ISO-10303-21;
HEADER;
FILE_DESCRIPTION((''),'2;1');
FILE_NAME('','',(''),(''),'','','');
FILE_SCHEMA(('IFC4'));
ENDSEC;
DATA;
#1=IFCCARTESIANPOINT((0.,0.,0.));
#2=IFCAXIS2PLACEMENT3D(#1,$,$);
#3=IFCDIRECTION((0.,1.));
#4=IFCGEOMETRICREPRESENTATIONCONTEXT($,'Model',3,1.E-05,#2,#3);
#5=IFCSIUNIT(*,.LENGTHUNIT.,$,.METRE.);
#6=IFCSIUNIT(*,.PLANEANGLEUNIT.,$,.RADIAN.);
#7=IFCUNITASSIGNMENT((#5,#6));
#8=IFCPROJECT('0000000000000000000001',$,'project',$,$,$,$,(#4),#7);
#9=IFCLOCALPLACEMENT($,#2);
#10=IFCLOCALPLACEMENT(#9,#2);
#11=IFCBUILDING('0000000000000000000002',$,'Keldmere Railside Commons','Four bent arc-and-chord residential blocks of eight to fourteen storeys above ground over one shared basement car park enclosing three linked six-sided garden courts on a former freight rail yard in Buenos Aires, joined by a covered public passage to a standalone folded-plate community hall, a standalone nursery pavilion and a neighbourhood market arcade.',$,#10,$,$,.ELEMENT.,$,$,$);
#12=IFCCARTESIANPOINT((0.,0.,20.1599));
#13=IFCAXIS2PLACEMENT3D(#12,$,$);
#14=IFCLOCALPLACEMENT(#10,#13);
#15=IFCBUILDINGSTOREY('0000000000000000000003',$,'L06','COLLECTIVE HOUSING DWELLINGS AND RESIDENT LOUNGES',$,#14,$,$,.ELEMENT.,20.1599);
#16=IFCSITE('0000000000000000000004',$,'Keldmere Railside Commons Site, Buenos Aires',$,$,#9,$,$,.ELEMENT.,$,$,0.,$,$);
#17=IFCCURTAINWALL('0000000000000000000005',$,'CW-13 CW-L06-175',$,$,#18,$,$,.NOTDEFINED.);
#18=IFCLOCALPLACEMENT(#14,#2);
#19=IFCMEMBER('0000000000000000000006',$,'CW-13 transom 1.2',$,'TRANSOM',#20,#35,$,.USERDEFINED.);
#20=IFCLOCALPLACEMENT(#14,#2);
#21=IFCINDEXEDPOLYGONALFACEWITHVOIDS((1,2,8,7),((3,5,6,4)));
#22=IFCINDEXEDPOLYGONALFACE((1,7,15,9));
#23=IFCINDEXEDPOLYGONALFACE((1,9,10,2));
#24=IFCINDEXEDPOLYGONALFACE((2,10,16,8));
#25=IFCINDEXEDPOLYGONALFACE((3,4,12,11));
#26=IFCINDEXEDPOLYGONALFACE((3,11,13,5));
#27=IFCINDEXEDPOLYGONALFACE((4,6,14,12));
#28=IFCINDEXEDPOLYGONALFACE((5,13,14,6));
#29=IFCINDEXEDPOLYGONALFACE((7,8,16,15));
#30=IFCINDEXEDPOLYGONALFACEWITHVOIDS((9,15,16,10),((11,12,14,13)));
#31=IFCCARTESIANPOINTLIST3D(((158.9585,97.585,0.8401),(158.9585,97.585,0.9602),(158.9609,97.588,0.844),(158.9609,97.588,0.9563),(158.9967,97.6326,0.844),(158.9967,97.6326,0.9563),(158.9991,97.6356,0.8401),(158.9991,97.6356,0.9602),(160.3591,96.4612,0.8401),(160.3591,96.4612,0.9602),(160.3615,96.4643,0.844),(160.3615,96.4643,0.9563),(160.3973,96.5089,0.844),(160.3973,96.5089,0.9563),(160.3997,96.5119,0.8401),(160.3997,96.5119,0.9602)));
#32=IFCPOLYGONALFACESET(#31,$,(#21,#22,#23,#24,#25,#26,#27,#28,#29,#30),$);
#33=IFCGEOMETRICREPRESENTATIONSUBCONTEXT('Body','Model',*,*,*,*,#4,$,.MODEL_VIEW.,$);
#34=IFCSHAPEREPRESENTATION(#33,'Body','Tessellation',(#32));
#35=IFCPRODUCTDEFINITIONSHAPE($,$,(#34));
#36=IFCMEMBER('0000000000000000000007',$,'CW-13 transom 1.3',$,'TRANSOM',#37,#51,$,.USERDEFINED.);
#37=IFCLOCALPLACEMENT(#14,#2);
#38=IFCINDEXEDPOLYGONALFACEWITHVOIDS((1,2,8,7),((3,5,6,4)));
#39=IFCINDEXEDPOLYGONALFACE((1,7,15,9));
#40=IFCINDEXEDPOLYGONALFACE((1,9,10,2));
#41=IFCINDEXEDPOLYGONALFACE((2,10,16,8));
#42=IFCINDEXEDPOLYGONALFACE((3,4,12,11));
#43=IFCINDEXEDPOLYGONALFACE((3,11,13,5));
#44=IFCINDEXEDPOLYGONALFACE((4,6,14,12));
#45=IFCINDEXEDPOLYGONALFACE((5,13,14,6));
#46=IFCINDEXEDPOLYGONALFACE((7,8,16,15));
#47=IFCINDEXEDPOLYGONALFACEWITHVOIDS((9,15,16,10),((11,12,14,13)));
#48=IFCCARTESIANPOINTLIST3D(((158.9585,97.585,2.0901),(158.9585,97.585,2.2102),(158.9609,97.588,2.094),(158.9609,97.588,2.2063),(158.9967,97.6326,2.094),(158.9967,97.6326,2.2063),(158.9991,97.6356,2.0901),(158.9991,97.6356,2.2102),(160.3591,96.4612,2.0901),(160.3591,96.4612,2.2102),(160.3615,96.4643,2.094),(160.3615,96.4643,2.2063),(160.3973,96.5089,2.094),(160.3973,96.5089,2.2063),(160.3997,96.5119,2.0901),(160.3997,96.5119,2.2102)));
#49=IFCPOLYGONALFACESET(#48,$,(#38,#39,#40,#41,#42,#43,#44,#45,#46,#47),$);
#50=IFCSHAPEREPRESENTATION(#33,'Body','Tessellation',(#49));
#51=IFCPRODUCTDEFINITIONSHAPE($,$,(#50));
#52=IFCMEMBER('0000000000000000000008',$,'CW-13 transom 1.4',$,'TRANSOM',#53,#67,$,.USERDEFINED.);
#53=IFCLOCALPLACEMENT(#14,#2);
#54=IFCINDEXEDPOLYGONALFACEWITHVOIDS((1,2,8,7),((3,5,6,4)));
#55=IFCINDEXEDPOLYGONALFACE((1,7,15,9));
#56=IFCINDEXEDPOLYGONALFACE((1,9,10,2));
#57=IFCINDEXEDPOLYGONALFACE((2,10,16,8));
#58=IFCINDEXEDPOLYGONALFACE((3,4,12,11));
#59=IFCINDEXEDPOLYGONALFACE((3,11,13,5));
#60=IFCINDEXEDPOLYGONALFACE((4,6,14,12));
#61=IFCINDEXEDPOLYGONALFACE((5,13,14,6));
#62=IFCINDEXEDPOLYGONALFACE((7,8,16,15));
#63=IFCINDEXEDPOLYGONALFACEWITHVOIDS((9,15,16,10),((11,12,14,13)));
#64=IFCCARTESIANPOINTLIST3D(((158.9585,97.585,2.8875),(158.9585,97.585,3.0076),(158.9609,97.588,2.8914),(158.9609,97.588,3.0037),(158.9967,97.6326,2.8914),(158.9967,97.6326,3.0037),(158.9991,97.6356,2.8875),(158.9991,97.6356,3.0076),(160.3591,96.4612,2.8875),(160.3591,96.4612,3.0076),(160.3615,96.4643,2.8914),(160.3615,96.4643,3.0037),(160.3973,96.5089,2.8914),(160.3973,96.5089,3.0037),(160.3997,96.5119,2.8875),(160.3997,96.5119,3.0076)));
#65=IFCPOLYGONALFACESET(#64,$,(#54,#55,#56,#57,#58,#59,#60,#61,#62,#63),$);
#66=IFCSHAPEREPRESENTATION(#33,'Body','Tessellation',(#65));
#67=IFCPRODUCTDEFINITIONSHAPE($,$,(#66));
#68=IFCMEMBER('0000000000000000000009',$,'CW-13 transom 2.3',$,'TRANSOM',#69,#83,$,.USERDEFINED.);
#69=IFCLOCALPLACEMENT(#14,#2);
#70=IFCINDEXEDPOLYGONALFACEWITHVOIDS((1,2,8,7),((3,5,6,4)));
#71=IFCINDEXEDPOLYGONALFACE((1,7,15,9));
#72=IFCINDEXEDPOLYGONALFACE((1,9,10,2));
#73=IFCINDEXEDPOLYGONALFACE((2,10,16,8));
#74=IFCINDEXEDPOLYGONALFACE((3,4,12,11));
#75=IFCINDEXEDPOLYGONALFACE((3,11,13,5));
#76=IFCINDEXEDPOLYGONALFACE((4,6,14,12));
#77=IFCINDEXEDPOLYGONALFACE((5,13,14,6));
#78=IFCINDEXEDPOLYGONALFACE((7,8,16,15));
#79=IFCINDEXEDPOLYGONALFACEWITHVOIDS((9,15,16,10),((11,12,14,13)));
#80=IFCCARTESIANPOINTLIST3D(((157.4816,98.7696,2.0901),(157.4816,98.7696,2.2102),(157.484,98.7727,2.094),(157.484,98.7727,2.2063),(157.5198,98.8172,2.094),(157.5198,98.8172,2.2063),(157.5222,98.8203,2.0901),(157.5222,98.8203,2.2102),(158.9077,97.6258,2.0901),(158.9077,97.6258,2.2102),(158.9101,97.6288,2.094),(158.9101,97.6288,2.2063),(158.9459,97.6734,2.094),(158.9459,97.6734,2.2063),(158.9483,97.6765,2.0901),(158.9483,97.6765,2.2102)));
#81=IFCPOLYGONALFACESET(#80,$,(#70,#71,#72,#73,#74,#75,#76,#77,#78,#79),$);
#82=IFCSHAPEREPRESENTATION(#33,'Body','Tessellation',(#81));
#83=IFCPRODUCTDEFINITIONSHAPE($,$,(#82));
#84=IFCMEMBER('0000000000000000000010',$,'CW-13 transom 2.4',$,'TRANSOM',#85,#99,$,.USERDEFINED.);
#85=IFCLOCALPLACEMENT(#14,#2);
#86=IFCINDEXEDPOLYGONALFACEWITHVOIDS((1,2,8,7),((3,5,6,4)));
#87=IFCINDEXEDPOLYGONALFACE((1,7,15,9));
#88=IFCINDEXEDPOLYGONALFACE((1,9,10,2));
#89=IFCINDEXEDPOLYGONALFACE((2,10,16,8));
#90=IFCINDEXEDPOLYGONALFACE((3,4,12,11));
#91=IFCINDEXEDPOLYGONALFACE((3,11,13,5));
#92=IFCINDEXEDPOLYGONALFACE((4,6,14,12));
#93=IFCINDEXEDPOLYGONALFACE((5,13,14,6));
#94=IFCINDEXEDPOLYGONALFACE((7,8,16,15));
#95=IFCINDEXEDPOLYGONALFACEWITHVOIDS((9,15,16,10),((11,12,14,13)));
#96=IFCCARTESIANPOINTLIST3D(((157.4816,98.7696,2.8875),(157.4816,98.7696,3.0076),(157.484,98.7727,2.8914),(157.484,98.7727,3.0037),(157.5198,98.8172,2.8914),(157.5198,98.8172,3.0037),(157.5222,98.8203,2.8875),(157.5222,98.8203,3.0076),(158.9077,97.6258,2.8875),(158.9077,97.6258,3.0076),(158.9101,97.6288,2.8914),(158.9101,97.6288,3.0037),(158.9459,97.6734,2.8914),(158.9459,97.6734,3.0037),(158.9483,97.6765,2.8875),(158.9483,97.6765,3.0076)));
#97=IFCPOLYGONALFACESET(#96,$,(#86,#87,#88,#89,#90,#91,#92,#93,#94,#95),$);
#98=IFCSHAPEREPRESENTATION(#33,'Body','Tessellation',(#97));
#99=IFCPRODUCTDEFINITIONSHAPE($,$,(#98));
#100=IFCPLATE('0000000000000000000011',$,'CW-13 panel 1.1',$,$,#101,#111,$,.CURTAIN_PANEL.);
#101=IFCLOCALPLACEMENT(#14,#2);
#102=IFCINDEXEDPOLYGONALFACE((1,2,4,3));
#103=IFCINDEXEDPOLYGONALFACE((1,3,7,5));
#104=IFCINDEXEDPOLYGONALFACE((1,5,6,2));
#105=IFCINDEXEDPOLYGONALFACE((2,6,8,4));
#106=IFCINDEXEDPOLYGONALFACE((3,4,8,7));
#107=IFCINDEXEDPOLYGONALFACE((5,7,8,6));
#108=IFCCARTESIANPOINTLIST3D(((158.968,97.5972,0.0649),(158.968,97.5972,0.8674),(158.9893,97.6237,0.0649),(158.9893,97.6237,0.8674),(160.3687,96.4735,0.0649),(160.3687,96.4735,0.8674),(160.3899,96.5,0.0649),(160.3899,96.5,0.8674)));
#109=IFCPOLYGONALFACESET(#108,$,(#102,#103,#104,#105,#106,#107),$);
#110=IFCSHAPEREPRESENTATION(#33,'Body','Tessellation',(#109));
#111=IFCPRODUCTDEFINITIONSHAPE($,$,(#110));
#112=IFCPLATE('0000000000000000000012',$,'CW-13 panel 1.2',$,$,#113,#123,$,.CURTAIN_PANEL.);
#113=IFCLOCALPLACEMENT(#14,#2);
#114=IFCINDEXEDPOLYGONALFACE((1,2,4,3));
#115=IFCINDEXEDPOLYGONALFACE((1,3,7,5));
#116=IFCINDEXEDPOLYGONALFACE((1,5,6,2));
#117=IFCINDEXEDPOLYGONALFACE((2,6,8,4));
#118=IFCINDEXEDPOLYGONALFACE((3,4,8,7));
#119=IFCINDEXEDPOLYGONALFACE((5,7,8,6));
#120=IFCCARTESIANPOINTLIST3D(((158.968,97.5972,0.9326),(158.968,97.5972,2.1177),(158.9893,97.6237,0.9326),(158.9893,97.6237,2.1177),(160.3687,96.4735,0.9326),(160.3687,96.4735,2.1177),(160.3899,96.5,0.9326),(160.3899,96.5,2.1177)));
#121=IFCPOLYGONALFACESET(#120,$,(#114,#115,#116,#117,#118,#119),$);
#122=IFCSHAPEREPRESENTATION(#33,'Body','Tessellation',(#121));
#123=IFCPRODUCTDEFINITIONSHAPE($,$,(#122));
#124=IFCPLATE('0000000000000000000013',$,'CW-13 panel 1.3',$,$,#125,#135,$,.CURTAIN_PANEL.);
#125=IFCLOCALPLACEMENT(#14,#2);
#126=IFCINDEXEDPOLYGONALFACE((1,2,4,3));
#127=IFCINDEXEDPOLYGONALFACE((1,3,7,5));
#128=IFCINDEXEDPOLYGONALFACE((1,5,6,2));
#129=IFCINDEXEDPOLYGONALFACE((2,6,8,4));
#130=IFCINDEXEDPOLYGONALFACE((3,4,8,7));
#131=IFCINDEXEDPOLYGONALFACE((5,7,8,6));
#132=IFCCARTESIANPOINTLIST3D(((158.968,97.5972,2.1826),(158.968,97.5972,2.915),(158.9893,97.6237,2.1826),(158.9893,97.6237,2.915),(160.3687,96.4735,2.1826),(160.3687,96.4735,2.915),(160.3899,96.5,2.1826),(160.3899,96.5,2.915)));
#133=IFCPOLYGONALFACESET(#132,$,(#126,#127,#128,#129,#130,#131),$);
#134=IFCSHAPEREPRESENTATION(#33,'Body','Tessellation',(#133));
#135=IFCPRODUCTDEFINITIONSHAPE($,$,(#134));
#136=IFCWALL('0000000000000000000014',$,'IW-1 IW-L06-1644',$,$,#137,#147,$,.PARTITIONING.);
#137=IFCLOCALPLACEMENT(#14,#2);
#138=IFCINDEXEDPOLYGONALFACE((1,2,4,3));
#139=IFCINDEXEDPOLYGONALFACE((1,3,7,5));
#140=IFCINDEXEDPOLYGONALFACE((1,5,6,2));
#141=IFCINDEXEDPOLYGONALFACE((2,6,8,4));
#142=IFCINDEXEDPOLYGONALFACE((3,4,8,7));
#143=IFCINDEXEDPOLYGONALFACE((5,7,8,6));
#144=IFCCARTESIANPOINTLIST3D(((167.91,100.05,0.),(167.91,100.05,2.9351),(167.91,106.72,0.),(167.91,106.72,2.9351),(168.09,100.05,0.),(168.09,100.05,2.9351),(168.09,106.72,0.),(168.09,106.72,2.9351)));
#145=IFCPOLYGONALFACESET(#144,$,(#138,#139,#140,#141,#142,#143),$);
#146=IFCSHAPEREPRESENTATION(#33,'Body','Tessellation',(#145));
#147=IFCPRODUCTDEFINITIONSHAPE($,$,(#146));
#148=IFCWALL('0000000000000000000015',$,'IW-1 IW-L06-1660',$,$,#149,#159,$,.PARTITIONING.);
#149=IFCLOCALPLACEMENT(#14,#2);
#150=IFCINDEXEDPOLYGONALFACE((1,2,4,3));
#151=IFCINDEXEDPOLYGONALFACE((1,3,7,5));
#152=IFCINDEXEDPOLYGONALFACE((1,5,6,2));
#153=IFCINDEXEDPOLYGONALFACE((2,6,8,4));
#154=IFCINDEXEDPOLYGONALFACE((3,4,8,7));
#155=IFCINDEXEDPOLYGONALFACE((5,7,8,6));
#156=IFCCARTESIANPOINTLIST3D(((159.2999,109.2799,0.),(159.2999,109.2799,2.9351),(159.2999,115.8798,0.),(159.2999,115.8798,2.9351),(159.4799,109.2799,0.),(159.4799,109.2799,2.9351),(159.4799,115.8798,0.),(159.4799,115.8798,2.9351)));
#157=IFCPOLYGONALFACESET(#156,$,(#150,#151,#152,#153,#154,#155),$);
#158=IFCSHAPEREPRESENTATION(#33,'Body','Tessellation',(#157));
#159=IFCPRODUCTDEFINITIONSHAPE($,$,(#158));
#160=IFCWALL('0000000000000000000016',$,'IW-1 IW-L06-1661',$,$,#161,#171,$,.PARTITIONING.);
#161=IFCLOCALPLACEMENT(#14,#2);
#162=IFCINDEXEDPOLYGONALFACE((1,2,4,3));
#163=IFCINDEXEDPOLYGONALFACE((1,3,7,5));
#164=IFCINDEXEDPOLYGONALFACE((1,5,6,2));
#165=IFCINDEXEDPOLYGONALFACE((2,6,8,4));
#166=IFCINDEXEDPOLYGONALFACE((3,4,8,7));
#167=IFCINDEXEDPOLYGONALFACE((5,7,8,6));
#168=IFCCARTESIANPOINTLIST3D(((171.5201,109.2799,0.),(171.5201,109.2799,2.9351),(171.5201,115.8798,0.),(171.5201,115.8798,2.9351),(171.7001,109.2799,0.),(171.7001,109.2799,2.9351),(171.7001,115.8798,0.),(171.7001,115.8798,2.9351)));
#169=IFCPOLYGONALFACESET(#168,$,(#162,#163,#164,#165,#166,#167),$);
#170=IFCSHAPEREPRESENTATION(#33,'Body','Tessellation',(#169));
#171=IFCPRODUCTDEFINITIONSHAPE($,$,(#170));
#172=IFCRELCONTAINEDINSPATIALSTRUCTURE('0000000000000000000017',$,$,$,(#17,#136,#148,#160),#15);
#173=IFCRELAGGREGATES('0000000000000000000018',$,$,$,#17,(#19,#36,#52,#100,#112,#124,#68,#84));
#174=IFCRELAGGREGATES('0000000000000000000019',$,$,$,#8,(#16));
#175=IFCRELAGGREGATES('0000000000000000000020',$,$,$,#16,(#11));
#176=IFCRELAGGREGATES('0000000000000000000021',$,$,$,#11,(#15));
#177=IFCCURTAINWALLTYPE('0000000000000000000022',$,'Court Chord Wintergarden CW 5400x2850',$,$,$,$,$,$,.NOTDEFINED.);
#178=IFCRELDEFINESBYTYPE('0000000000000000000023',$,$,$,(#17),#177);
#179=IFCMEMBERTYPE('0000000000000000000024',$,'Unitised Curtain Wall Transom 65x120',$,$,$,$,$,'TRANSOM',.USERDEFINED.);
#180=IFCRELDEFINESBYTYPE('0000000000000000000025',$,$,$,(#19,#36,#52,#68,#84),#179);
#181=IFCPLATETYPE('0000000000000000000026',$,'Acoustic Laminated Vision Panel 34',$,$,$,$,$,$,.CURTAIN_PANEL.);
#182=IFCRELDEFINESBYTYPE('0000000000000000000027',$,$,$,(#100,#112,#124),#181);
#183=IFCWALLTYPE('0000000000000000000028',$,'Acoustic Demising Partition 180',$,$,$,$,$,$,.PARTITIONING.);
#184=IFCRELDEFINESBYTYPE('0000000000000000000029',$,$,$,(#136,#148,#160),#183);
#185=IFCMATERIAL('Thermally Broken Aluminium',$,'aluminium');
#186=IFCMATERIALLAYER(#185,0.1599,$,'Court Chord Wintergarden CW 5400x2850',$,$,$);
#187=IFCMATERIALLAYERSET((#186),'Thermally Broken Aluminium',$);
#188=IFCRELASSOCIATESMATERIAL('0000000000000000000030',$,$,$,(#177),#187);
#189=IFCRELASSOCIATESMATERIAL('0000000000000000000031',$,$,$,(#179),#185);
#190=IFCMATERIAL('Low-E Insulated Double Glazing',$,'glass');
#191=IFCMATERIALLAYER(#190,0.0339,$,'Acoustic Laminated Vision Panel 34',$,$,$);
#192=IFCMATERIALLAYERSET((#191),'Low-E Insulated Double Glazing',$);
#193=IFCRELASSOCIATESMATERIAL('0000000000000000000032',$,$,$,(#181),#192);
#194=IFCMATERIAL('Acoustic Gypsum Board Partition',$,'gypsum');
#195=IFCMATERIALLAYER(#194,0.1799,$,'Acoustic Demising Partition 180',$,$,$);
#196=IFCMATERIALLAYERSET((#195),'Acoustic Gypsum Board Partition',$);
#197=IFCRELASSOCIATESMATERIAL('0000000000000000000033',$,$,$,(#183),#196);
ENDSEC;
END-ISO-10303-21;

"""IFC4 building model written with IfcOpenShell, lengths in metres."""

from ifc_helpers import new_model, si_unit, direction, frame, frame_2d, origin, origin_2d, place, context, subcontext, project, spatial, rectangle, hollow_rectangle, extrude, material, layer, layer_set, material_profile, profile_set, type_object, element, aggregate, save


model = new_model("IFC4")

# Units and contexts
model_context = context("Model", 3, precision=1e-05, world=origin(), true_north=direction((0.0, 1.0)))
body_context = subcontext(model_context, "Body", "Model", "MODEL_VIEW")
ifc_project = project(units=[si_unit("LENGTHUNIT", "METRE"), si_unit("PLANEANGLEUNIT", "RADIAN")], contexts=[model_context])

# Site, building, storey
site_placement = place(None, origin())
site = spatial("IfcSite", under=ifc_project, at=site_placement, Name="Keldmere Railside Commons Site, Buenos Aires", CompositionType="ELEMENT", RefElevation=0.0)
building_placement = place(site_placement, origin())
building = spatial("IfcBuilding", under=site, at=building_placement, Name="Keldmere Railside Commons", Description="Four bent arc-and-chord residential blocks of eight to fourteen storeys above ground over one shared basement car park enclosing three linked six-sided garden courts on a former freight rail yard in Buenos Aires, joined by a covered public passage to a standalone folded-plate community hall, a standalone nursery pavilion and a neighbourhood market arcade.", CompositionType="ELEMENT")
storey_placement = place(building_placement, frame((0.0, 0.0, 20.1599)))
storey = spatial("IfcBuildingStorey", under=building, at=storey_placement, Name="L06", Description="COLLECTIVE HOUSING DWELLINGS AND RESIDENT LOUNGES", CompositionType="ELEMENT", Elevation=20.1599)

# Curtain wall
ifc_material_1 = material(Name="Thermally Broken Aluminium", Category="aluminium")
ifc_layer_1 = layer(ifc_material_1, 0.1599, Name="Court Chord Wintergarden CW 5400x2850")
ifc_layer_set_1 = layer_set([ifc_layer_1], Name="Thermally Broken Aluminium")
curtain_wall_type_1 = type_object("IfcCurtainWallType", Name="Court Chord Wintergarden CW 5400x2850", PredefinedType="NOTDEFINED", material=ifc_layer_set_1)
curtain_wall_1_placement = place(storey_placement, origin())
curtain_wall_1 = element("IfcCurtainWall", 1, at=curtain_wall_1_placement, inside=storey, type_object=curtain_wall_type_1, Name="CW-13 CW-L06-175", PredefinedType="NOTDEFINED")

# Members
ifc_material_profile_1 = material_profile(ifc_material_1, hollow_rectangle(XDim=0.0649, YDim=0.1201, WallThickness=0.0039, at=origin_2d()), Name="ALU-TRAN-65x120")
ifc_profile_set_1 = profile_set([ifc_material_profile_1], Name="Thermally Broken Aluminium")
member_type_1 = type_object("IfcMemberType", Name="Unitised Curtain Wall Transom 65x120", ElementType="TRANSOM", PredefinedType="USERDEFINED", material=ifc_profile_set_1)
member_1_placement = place(storey_placement, frame((160.3794, 96.4866, 0.9001), z_axis=(-0.779979, 0.625805, 0.0), x_axis=(-0.625805, -0.779979, 0.0)))
member_1 = element("IfcMember", 2, at=member_1_placement, type_object=member_type_1, Name="CW-13 transom 1.2", ObjectType="TRANSOM", PredefinedType="USERDEFINED", context=body_context, shape_type="SweptSolid", body=[
    extrude(hollow_rectangle(XDim=0.0649, YDim=0.1201, WallThickness=0.0039, at=origin_2d()), origin(), (0.0, 0.0, 1.0), 1.7957),
])
member_2_placement = place(storey_placement, frame((160.3794, 96.4866, 2.1501), z_axis=(-0.779979, 0.625805, 0.0), x_axis=(-0.625805, -0.779979, 0.0)))
member_2 = element("IfcMember", 3, at=member_2_placement, type_object=member_type_1, Name="CW-13 transom 1.3", ObjectType="TRANSOM", PredefinedType="USERDEFINED", context=body_context, shape_type="SweptSolid", body=[
    extrude(hollow_rectangle(XDim=0.0649, YDim=0.1201, WallThickness=0.0039, at=origin_2d()), origin(), (0.0, 0.0, 1.0), 1.7957),
])
member_3_placement = place(storey_placement, frame((160.3794, 96.4866, 2.9475), z_axis=(-0.779979, 0.625805, 0.0), x_axis=(-0.625805, -0.779979, 0.0)))
member_3 = element("IfcMember", 4, at=member_3_placement, type_object=member_type_1, Name="CW-13 transom 1.4", ObjectType="TRANSOM", PredefinedType="USERDEFINED", context=body_context, shape_type="SweptSolid", body=[
    extrude(hollow_rectangle(XDim=0.0649, YDim=0.1201, WallThickness=0.0039, at=origin_2d()), origin(), (0.0, 0.0, 1.0), 1.7957),
])
member_4_placement = place(storey_placement, frame((158.928, 97.6511, 2.1501), z_axis=(-0.780073, 0.625688, 0.0), x_axis=(-0.625688, -0.780073, 0.0)))
member_4 = element("IfcMember", 5, at=member_4_placement, type_object=member_type_1, Name="CW-13 transom 2.3", ObjectType="TRANSOM", PredefinedType="USERDEFINED", context=body_context, shape_type="SweptSolid", body=[
    extrude(hollow_rectangle(XDim=0.0649, YDim=0.1201, WallThickness=0.0039, at=origin_2d()), origin(), (0.0, 0.0, 1.0), 1.8281),
])
member_5_placement = place(storey_placement, frame((158.928, 97.6511, 2.9475), z_axis=(-0.780073, 0.625688, 0.0), x_axis=(-0.625688, -0.780073, 0.0)))
member_5 = element("IfcMember", 6, at=member_5_placement, type_object=member_type_1, Name="CW-13 transom 2.4", ObjectType="TRANSOM", PredefinedType="USERDEFINED", context=body_context, shape_type="SweptSolid", body=[
    extrude(hollow_rectangle(XDim=0.0649, YDim=0.1201, WallThickness=0.0039, at=origin_2d()), origin(), (0.0, 0.0, 1.0), 1.8281),
])

# Plates
ifc_material_2 = material(Name="Low-E Insulated Double Glazing", Category="glass")
ifc_layer_2 = layer(ifc_material_2, 0.0339, Name="Acoustic Laminated Vision Panel 34")
ifc_layer_set_2 = layer_set([ifc_layer_2], Name="Low-E Insulated Double Glazing")
plate_type = type_object("IfcPlateType", Name="Acoustic Laminated Vision Panel 34", PredefinedType="CURTAIN_PANEL", material=ifc_layer_set_2)
plate_1_placement = place(storey_placement, frame((159.679, 97.0486, 0.0649), z_axis=(0.0, 0.0, 1.0), x_axis=(-0.780009, 0.625768, 0.0)))
plate_1 = element("IfcPlate", 7, at=plate_1_placement, type_object=plate_type, Name="CW-13 panel 1.1", PredefinedType="CURTAIN_PANEL", context=body_context, shape_type="SweptSolid", body=[
    extrude(rectangle(XDim=1.7957, YDim=0.0339, at=origin_2d()), origin(), (0.0, 0.0, 1.0), 0.8025),
])
plate_2_placement = place(storey_placement, frame((159.679, 97.0486, 0.9326), z_axis=(0.0, 0.0, 1.0), x_axis=(-0.780009, 0.625768, 0.0)))
plate_2 = element("IfcPlate", 8, at=plate_2_placement, type_object=plate_type, Name="CW-13 panel 1.2", PredefinedType="CURTAIN_PANEL", context=body_context, shape_type="SweptSolid", body=[
    extrude(rectangle(XDim=1.7957, YDim=0.0339, at=origin_2d()), origin(), (0.0, 0.0, 1.0), 1.1851),
])
plate_3_placement = place(storey_placement, frame((159.679, 97.0486, 2.1826), z_axis=(0.0, 0.0, 1.0), x_axis=(-0.780009, 0.625768, 0.0)))
plate_3 = element("IfcPlate", 9, at=plate_3_placement, type_object=plate_type, Name="CW-13 panel 1.3", PredefinedType="CURTAIN_PANEL", context=body_context, shape_type="SweptSolid", body=[
    extrude(rectangle(XDim=1.7957, YDim=0.0339, at=origin_2d()), origin(), (0.0, 0.0, 1.0), 0.7324),
])
aggregate(curtain_wall_1, [member_1, member_2, member_3, plate_1, plate_2, plate_3, member_4, member_5])

# Walls
ifc_material_3 = material(Name="Acoustic Gypsum Board Partition", Category="gypsum")
ifc_layer_3 = layer(ifc_material_3, 0.1799, Name="Acoustic Demising Partition 180")
ifc_layer_set_3 = layer_set([ifc_layer_3], Name="Acoustic Gypsum Board Partition")
wall_type_1 = type_object("IfcWallType", Name="Acoustic Demising Partition 180", PredefinedType="PARTITIONING", material=ifc_layer_set_3)
wall_1_placement = place(storey_placement, frame((168.0, 100.05, 0.0), z_axis=(0.0, 0.0, 1.0), x_axis=(0.0, 1.0, 0.0)))
element("IfcWall", 10, at=wall_1_placement, inside=storey, type_object=wall_type_1, Name="IW-1 IW-L06-1644", PredefinedType="PARTITIONING", context=body_context, shape_type="SweptSolid", body=[
    extrude(rectangle(XDim=6.6699, YDim=0.1799, at=frame_2d((3.335, 0.0))), origin(), (0.0, 0.0, 1.0), 2.9351),
])
for number, where, z_axis, x_axis, name in (
    (11, (159.3899, 109.28, 0.0), (0.0, 0.0, 1.0), (0.0, 1.0, 0.0), "IW-1 IW-L06-1660"),
    (12, (171.6101, 109.28, 0.0), (0.0, 0.0, 1.0), (0.0, 1.0, 0.0), "IW-1 IW-L06-1661"),
):
    element("IfcWall", number, at=place(storey_placement, frame(where, z_axis=z_axis, x_axis=x_axis)), inside=storey, type_object=wall_type_1, Name=name, PredefinedType="PARTITIONING", context=body_context, shape_type="SweptSolid", body=[
        extrude(rectangle(XDim=6.5999, YDim=0.1799, at=frame_2d((3.2998, 0.0))), origin(), (0.0, 0.0, 1.0), 2.9351),
    ])

save(model, "model.ifc")
